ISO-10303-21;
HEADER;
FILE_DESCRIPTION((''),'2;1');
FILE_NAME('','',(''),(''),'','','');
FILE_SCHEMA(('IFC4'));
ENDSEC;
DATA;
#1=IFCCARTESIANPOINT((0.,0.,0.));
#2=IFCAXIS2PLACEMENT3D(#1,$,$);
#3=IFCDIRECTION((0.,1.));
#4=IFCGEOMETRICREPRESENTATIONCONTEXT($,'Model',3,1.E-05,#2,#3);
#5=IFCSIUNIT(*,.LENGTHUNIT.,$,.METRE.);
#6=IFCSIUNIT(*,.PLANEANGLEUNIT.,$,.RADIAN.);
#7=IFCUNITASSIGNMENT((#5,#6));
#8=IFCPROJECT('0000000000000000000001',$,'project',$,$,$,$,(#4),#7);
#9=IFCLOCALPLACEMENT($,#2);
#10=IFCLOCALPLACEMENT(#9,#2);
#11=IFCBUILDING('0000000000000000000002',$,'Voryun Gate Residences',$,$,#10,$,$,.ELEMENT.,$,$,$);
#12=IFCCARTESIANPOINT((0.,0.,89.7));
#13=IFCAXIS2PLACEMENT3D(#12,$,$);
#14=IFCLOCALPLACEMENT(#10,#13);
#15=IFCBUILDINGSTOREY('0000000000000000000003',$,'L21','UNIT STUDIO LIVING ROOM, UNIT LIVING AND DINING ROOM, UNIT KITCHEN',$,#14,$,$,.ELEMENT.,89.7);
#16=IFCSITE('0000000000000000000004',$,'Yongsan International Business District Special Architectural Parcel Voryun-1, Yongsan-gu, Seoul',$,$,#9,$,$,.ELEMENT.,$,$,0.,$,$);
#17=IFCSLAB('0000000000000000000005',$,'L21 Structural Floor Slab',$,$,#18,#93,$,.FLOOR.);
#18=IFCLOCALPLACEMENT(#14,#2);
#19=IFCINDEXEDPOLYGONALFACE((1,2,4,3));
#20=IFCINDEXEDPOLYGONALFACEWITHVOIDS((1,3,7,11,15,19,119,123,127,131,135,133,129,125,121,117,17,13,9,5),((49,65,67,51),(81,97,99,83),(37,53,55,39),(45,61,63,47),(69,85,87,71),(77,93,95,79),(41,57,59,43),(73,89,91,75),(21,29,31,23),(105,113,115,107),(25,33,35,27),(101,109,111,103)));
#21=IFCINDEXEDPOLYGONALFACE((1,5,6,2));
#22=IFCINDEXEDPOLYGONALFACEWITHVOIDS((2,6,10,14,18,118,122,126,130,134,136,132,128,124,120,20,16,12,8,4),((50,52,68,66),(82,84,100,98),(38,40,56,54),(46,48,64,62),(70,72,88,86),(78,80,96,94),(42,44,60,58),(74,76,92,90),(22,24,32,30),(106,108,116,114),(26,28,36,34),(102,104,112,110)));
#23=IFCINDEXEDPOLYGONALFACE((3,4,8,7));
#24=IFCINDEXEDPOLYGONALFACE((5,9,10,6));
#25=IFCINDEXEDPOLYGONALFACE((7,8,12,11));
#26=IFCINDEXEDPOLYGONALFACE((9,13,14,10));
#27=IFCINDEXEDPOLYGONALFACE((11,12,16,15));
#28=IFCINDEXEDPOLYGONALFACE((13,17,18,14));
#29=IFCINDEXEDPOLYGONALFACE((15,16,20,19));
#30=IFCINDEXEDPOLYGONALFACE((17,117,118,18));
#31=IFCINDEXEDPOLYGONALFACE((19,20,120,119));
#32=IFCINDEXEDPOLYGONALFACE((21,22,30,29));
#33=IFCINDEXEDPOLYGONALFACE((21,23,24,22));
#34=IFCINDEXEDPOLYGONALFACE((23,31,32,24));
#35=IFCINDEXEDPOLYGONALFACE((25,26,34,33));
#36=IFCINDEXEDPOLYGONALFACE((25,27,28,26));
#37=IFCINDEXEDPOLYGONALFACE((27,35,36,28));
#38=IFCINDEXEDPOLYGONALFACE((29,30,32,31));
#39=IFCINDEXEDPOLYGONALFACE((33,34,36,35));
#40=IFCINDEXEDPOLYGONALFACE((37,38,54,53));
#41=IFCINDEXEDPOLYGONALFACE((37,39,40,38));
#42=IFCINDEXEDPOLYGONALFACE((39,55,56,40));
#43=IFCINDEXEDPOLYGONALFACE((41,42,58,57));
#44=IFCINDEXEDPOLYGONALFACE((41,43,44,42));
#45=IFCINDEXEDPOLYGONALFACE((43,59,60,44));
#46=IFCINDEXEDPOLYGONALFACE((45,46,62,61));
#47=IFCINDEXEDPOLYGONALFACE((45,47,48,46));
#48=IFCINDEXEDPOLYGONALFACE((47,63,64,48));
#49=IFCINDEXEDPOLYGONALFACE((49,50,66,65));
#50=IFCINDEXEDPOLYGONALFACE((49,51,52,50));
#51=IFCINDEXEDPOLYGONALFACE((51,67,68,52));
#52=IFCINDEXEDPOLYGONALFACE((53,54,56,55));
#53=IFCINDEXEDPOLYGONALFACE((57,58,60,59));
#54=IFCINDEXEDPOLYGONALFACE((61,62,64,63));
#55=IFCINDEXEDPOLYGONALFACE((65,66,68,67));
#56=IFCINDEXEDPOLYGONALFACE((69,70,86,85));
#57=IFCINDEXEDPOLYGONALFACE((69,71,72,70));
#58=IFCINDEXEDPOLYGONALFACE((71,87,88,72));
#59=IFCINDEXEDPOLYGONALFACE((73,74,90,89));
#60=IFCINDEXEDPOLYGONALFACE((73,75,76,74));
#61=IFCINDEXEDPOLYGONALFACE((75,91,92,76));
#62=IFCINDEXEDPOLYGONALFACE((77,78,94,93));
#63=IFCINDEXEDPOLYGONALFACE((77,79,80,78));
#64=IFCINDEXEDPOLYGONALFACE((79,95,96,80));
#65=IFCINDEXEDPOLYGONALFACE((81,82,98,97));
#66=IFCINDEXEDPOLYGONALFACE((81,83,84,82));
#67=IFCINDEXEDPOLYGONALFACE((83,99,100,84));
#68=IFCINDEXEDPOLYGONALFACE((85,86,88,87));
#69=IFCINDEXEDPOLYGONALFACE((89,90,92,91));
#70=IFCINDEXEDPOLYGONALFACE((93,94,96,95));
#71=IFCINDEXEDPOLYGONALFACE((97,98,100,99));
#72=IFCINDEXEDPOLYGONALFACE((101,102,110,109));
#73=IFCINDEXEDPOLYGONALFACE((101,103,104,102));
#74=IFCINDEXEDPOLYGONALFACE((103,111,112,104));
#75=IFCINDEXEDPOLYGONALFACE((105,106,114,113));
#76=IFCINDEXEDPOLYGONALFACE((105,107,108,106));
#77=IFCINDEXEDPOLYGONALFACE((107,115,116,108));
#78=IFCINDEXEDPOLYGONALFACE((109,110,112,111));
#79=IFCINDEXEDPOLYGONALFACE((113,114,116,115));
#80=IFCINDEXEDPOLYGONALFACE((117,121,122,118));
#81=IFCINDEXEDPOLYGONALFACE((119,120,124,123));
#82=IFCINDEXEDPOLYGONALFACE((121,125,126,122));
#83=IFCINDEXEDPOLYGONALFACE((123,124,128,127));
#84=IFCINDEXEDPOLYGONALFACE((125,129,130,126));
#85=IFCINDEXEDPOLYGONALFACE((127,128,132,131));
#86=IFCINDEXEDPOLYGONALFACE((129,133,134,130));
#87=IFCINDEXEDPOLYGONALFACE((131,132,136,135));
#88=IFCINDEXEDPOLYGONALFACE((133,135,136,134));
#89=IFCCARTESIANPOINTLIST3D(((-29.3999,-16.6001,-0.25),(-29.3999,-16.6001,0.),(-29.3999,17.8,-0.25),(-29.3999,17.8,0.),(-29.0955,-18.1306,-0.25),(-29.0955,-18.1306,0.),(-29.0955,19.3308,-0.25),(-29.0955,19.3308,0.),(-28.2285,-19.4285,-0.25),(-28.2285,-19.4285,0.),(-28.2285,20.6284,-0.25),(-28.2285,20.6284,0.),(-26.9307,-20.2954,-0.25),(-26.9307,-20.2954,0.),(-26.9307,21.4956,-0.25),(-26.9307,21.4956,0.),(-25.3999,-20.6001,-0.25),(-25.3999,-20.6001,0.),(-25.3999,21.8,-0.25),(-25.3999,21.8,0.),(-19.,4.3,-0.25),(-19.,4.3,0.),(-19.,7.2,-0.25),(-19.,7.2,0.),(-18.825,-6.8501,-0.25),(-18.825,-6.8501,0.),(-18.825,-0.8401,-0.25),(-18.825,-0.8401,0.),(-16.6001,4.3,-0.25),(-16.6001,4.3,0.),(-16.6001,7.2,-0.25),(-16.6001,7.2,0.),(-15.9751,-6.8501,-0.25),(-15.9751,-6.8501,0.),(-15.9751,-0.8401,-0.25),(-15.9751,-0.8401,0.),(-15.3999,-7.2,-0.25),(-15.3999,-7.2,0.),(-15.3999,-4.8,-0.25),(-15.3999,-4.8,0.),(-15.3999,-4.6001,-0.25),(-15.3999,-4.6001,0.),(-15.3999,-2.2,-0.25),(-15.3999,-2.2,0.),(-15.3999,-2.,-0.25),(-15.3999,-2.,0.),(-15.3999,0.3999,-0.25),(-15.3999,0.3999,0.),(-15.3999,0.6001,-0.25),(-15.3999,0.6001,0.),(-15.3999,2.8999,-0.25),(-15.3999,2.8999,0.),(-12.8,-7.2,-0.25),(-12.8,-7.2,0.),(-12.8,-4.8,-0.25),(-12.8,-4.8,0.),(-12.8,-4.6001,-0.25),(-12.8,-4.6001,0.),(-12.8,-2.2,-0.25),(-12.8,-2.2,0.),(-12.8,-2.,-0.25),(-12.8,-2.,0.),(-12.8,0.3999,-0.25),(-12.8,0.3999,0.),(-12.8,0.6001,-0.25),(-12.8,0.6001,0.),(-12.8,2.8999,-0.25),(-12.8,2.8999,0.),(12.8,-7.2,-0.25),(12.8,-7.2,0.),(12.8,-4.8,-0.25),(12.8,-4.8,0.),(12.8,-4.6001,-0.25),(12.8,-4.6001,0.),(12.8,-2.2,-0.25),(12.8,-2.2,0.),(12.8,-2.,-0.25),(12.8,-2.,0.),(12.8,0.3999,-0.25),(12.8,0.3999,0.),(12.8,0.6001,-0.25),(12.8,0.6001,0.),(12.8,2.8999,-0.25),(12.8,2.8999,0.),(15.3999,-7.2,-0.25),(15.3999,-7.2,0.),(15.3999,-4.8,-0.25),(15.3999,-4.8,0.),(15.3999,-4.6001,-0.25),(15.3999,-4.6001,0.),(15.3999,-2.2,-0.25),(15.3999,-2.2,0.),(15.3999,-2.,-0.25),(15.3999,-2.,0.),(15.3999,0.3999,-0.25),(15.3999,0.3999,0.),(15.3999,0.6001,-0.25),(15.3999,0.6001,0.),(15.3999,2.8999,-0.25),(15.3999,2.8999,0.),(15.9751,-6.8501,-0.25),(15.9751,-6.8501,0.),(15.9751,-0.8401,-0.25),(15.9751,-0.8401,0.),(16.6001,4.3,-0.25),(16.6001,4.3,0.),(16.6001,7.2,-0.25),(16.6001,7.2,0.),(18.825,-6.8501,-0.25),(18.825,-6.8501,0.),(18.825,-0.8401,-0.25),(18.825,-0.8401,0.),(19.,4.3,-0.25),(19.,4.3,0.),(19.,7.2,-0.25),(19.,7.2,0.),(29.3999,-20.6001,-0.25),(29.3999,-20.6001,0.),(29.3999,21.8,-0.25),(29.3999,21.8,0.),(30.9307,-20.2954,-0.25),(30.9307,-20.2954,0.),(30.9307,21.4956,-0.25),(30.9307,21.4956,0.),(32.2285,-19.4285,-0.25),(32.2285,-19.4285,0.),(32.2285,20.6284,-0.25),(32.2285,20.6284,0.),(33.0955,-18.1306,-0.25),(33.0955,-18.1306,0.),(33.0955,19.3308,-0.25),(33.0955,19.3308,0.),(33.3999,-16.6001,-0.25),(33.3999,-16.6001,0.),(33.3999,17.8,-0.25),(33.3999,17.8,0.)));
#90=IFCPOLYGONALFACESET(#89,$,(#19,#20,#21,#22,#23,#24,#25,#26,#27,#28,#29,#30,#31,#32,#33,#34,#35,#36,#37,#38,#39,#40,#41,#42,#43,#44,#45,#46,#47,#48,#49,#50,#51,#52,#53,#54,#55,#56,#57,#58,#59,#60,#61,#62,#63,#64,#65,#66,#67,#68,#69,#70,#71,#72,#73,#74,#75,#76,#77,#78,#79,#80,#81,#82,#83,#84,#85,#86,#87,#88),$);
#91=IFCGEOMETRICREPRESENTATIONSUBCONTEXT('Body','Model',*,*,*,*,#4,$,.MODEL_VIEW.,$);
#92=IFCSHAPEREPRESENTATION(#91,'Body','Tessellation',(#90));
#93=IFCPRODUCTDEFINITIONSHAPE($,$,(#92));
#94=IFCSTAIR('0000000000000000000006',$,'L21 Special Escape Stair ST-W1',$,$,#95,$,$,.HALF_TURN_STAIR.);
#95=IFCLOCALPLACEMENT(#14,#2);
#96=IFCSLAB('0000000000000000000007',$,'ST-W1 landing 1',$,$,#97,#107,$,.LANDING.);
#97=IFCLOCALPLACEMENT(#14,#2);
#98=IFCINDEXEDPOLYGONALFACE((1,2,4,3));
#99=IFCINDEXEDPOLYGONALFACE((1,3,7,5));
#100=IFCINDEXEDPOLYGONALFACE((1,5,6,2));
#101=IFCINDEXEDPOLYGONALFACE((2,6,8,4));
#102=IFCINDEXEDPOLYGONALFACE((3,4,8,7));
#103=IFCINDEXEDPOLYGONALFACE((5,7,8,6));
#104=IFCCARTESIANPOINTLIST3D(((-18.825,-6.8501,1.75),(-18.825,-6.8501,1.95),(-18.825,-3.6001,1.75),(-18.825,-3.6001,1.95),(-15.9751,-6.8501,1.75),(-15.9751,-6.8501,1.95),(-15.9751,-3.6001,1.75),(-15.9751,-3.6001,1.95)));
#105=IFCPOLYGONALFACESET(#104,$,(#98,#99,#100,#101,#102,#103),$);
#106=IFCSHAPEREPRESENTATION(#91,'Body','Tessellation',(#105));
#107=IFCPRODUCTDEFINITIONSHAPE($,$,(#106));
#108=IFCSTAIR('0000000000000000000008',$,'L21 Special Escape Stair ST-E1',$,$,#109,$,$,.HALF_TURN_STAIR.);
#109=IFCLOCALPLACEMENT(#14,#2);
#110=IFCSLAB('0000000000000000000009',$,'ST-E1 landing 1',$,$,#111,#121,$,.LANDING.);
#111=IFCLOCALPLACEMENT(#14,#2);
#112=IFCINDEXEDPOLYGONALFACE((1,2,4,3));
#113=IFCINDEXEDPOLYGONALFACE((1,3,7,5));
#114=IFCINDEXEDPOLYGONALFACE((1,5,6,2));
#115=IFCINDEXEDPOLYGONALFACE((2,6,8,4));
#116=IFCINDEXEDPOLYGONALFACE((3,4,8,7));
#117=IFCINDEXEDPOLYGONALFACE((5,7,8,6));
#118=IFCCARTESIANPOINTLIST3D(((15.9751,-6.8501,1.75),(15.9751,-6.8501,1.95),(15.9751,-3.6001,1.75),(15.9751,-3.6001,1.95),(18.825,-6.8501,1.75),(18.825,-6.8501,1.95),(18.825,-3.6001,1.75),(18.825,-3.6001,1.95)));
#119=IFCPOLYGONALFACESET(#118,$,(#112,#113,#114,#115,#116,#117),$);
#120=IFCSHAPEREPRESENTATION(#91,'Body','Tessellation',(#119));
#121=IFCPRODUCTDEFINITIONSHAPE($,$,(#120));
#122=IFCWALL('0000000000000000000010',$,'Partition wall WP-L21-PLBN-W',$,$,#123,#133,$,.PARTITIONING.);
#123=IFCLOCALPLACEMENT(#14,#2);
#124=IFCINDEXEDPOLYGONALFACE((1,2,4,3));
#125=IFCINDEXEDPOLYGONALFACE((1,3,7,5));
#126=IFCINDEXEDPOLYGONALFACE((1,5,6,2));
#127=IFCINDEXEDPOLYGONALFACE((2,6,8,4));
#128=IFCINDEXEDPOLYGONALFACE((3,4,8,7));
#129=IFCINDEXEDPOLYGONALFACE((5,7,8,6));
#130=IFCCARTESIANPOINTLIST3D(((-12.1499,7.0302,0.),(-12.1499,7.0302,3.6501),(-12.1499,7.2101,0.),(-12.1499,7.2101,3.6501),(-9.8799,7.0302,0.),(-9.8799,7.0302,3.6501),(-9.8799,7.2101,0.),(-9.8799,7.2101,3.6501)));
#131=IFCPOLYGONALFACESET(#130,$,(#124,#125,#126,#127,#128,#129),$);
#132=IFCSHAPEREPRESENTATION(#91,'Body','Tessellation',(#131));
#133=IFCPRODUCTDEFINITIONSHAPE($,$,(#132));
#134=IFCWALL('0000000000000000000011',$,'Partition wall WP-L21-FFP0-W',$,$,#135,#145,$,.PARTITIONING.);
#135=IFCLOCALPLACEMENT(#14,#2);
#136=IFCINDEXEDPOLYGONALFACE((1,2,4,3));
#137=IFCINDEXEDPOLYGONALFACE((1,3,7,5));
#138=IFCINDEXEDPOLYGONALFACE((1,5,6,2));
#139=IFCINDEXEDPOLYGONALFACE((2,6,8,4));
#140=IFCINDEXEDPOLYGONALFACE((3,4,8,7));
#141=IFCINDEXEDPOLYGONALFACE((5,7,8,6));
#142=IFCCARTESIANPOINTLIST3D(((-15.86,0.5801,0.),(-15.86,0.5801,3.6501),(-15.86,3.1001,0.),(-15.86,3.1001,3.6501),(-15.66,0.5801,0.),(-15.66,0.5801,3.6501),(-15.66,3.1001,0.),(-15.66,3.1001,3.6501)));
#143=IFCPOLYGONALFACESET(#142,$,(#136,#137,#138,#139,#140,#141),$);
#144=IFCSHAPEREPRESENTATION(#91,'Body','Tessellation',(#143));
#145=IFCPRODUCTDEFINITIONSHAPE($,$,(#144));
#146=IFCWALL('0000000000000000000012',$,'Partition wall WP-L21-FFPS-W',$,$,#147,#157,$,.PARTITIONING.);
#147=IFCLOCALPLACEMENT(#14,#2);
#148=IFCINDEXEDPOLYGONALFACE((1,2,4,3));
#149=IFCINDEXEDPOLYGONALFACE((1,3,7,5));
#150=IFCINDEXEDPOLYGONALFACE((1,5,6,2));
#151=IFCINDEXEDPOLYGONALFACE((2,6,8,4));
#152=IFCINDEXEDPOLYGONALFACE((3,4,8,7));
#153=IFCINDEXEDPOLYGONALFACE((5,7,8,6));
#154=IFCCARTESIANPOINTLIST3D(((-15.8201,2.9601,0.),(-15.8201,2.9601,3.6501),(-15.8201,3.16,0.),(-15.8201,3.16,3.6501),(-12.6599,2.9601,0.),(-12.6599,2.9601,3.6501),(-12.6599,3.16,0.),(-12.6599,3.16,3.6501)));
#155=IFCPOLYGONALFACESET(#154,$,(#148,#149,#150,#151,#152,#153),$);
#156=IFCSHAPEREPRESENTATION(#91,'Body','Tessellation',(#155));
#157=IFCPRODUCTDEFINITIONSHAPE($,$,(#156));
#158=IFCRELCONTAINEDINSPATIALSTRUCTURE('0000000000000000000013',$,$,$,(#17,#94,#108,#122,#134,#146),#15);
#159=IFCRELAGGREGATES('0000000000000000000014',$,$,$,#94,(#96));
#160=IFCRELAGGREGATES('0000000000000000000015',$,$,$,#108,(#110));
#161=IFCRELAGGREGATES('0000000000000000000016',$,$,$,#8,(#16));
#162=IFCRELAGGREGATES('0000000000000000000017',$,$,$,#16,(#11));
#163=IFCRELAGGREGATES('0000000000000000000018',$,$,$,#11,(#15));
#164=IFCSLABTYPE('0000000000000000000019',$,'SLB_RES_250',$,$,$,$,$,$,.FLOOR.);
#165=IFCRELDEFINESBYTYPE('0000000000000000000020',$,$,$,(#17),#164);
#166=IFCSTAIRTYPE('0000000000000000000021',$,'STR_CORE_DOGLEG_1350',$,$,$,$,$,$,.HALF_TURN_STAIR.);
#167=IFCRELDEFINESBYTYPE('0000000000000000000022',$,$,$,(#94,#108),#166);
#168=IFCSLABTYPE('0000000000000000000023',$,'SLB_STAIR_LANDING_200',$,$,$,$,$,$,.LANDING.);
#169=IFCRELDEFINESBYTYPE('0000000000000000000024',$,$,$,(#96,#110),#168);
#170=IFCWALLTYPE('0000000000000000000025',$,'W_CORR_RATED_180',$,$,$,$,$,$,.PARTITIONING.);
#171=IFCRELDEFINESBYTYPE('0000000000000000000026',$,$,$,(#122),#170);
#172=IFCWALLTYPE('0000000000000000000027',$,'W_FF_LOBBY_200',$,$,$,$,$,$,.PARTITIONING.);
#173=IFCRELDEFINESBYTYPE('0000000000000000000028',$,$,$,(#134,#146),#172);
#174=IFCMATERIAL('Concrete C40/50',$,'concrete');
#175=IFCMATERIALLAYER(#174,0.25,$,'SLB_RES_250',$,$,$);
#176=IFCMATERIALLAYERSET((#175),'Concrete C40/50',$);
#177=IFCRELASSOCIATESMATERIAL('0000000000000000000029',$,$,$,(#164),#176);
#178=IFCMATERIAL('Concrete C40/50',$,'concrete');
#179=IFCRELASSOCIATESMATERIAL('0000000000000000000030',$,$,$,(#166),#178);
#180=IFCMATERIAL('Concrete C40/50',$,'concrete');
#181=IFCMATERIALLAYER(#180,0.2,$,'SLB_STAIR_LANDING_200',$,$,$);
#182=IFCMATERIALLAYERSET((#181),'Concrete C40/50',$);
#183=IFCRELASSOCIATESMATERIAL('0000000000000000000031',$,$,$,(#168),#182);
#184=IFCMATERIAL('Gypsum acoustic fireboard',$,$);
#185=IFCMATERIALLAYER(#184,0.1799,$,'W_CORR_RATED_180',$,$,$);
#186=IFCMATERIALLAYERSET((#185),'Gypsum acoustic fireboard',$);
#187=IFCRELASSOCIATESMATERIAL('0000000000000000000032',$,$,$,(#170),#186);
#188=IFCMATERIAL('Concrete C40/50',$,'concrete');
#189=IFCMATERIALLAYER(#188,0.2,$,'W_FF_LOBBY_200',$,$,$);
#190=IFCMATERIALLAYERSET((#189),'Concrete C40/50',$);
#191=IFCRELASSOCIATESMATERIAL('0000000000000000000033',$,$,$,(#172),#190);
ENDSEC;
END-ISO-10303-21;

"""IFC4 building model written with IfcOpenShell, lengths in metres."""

from ifc_helpers import new_model, si_unit, direction, frame, frame_2d, origin, place, context, subcontext, project, spatial, polyline, rectangle, outline, extrude, material, layer, layer_set, type_object, element, aggregate, save


model = new_model("IFC4")

# Units and contexts
model_context = context("Model", 3, precision=1e-05, world=origin(), true_north=direction((0.0, 1.0)))
body_context = subcontext(model_context, "Body", "Model", "MODEL_VIEW")
ifc_project = project(units=[si_unit("LENGTHUNIT", "METRE"), si_unit("PLANEANGLEUNIT", "RADIAN")], contexts=[model_context])

# Site, building, storey
site_placement = place(None, origin())
site = spatial("IfcSite", under=ifc_project, at=site_placement, Name="Yongsan International Business District Special Architectural Parcel Voryun-1, Yongsan-gu, Seoul", CompositionType="ELEMENT", RefElevation=0.0)
building_placement = place(site_placement, origin())
building = spatial("IfcBuilding", under=site, at=building_placement, Name="Voryun Gate Residences", CompositionType="ELEMENT")
storey_placement = place(building_placement, frame((0.0, 0.0, 89.7)))
storey = spatial("IfcBuildingStorey", under=building, at=storey_placement, Name="L21", Description="UNIT STUDIO LIVING ROOM, UNIT LIVING AND DINING ROOM, UNIT KITCHEN", CompositionType="ELEMENT", Elevation=89.7)

# Slab
ifc_material_1 = material(Name="Concrete C40/50", Category="concrete")
ifc_layer_1 = layer(ifc_material_1, 0.25, Name="SLB_RES_250")
ifc_layer_set_1 = layer_set([ifc_layer_1], Name="Concrete C40/50")
slab_type_1 = type_object("IfcSlabType", Name="SLB_RES_250", PredefinedType="FLOOR", material=ifc_layer_set_1)
slab_1_placement = place(storey_placement, frame((0.0, 0.0, -0.25)))
element("IfcSlab", 1, at=slab_1_placement, inside=storey, type_object=slab_type_1, Name="L21 Structural Floor Slab", PredefinedType="FLOOR", context=body_context, shape_type="SweptSolid", body=[
    extrude(outline(polyline([(-25.3999, -20.6001), (-26.9307, -20.2954), (-28.2285, -19.4285), (-29.0955, -18.1306), (-29.3999, -16.6001), (-29.3999, 17.8), (-29.0955, 19.3308), (-28.2285, 20.6284), (-26.9307, 21.4956), (-25.3999, 21.8), (29.3999, 21.8), (30.9307, 21.4956), (32.2285, 20.6284), (33.0955, 19.3308), (33.3999, 17.8), (33.3999, -16.6001), (33.0955, -18.1306), (32.2285, -19.4285), (30.9307, -20.2954), (29.3999, -20.6001), (-25.3999, -20.6001)]), holes=[polyline([(-12.8, -4.8), (-15.3999, -4.8), (-15.3999, -7.2), (-12.8, -7.2), (-12.8, -4.8)]), polyline([(-18.825, -6.8501), (-15.9751, -6.8501), (-15.9751, -0.8401), (-18.825, -0.8401), (-18.825, -6.8501)]), polyline([(-12.8, -4.6001), (-12.8, -2.2), (-15.3999, -2.2), (-15.3999, -4.6001), (-12.8, -4.6001)]), polyline([(-12.8, 0.3999), (-15.3999, 0.3999), (-15.3999, -2.0), (-12.8, -2.0), (-12.8, 0.3999)]), polyline([(-12.8, 0.6001), (-12.8, 2.8999), (-15.3999, 2.8999), (-15.3999, 0.6001), (-12.8, 0.6001)]), polyline([(-16.6001, 4.3), (-16.6001, 7.2), (-19.0, 7.2), (-19.0, 4.3), (-16.6001, 4.3)]), polyline([(15.3999, -4.8), (12.8, -4.8), (12.8, -7.2), (15.3999, -7.2), (15.3999, -4.8)]), polyline([(15.9751, -6.8501), (18.825, -6.8501), (18.825, -0.8401), (15.9751, -0.8401), (15.9751, -6.8501)]), polyline([(15.3999, -4.6001), (15.3999, -2.2), (12.8, -2.2), (12.8, -4.6001), (15.3999, -4.6001)]), polyline([(15.3999, 0.3999), (12.8, 0.3999), (12.8, -2.0), (15.3999, -2.0), (15.3999, 0.3999)]), polyline([(15.3999, 0.6001), (15.3999, 2.8999), (12.8, 2.8999), (12.8, 0.6001), (15.3999, 0.6001)]), polyline([(19.0, 4.3), (19.0, 7.2), (16.6001, 7.2), (16.6001, 4.3), (19.0, 4.3)])]), origin(), (0.0, 0.0, 1.0), 0.25),
])

# Stairs, slabs
ifc_material_2 = material(Name="Concrete C40/50", Category="concrete")
stair_type = type_object("IfcStairType", Name="STR_CORE_DOGLEG_1350", PredefinedType="HALF_TURN_STAIR", material=ifc_material_2)
stair_1_placement = place(storey_placement, origin())
stair_1 = element("IfcStair", 2, at=stair_1_placement, inside=storey, type_object=stair_type, Name="L21 Special Escape Stair ST-W1", PredefinedType="HALF_TURN_STAIR")
ifc_material_3 = material(Name="Concrete C40/50", Category="concrete")
ifc_layer_2 = layer(ifc_material_3, 0.2, Name="SLB_STAIR_LANDING_200")
ifc_layer_set_2 = layer_set([ifc_layer_2], Name="Concrete C40/50")
slab_type_2 = type_object("IfcSlabType", Name="SLB_STAIR_LANDING_200", PredefinedType="LANDING", material=ifc_layer_set_2)
slab_2_placement = place(storey_placement, frame((0.0, 0.0, 1.75)))
slab_2 = element("IfcSlab", 3, at=slab_2_placement, type_object=slab_type_2, Name="ST-W1 landing 1", PredefinedType="LANDING", context=body_context, shape_type="SweptSolid", body=[
    extrude(outline(polyline([(-18.825, -3.6001), (-18.825, -6.8501), (-15.9751, -6.8501), (-15.9751, -3.6001), (-18.825, -3.6001)])), origin(), (0.0, 0.0, 1.0), 0.2),
])
aggregate(stair_1, [slab_2])
stair_2_placement = place(storey_placement, origin())
stair_2 = element("IfcStair", 4, at=stair_2_placement, inside=storey, type_object=stair_type, Name="L21 Special Escape Stair ST-E1", PredefinedType="HALF_TURN_STAIR")
slab_3_placement = place(storey_placement, frame((0.0, 0.0, 1.75)))
slab_3 = element("IfcSlab", 5, at=slab_3_placement, type_object=slab_type_2, Name="ST-E1 landing 1", PredefinedType="LANDING", context=body_context, shape_type="SweptSolid", body=[
    extrude(outline(polyline([(15.9751, -3.6001), (15.9751, -6.8501), (18.825, -6.8501), (18.825, -3.6001), (15.9751, -3.6001)])), origin(), (0.0, 0.0, 1.0), 0.2),
])
aggregate(stair_2, [slab_3])

# Walls
ifc_material_4 = material(Name="Gypsum acoustic fireboard")
ifc_layer_3 = layer(ifc_material_4, 0.1799, Name="W_CORR_RATED_180")
ifc_layer_set_3 = layer_set([ifc_layer_3], Name="Gypsum acoustic fireboard")
wall_type_1 = type_object("IfcWallType", Name="W_CORR_RATED_180", PredefinedType="PARTITIONING", material=ifc_layer_set_3)
wall_1_placement = place(storey_placement, frame((-12.1499, 7.1201, 0.0), z_axis=(0.0, 0.0, 1.0), x_axis=(1.0, 0.0, 0.0)))
element("IfcWall", 6, at=wall_1_placement, inside=storey, type_object=wall_type_1, Name="Partition wall WP-L21-PLBN-W", PredefinedType="PARTITIONING", context=body_context, shape_type="SweptSolid", body=[
    extrude(rectangle(XDim=2.27, YDim=0.1799, at=frame_2d((1.135, 0.0))), origin(), (0.0, 0.0, 1.0), 3.6501),
])
ifc_material_5 = material(Name="Concrete C40/50", Category="concrete")
ifc_layer_4 = layer(ifc_material_5, 0.2, Name="W_FF_LOBBY_200")
ifc_layer_set_4 = layer_set([ifc_layer_4], Name="Concrete C40/50")
wall_type_2 = type_object("IfcWallType", Name="W_FF_LOBBY_200", PredefinedType="PARTITIONING", material=ifc_layer_set_4)
wall_2_placement = place(storey_placement, frame((-15.76, 0.5801, 0.0), z_axis=(0.0, 0.0, 1.0), x_axis=(0.0, 1.0, 0.0)))
element("IfcWall", 7, at=wall_2_placement, inside=storey, type_object=wall_type_2, Name="Partition wall WP-L21-FFP0-W", PredefinedType="PARTITIONING", context=body_context, shape_type="SweptSolid", body=[
    extrude(rectangle(XDim=2.52, YDim=0.2, at=frame_2d((1.26, 0.0))), origin(), (0.0, 0.0, 1.0), 3.6501),
])
wall_3_placement = place(storey_placement, frame((-15.8201, 3.0601, 0.0), z_axis=(0.0, 0.0, 1.0), x_axis=(1.0, 0.0, 0.0)))
element("IfcWall", 8, at=wall_3_placement, inside=storey, type_object=wall_type_2, Name="Partition wall WP-L21-FFPS-W", PredefinedType="PARTITIONING", context=body_context, shape_type="SweptSolid", body=[
    extrude(rectangle(XDim=3.1602, YDim=0.2, at=frame_2d((1.5801, 0.0))), origin(), (0.0, 0.0, 1.0), 3.6501),
])

save(model, "model.ifc")
